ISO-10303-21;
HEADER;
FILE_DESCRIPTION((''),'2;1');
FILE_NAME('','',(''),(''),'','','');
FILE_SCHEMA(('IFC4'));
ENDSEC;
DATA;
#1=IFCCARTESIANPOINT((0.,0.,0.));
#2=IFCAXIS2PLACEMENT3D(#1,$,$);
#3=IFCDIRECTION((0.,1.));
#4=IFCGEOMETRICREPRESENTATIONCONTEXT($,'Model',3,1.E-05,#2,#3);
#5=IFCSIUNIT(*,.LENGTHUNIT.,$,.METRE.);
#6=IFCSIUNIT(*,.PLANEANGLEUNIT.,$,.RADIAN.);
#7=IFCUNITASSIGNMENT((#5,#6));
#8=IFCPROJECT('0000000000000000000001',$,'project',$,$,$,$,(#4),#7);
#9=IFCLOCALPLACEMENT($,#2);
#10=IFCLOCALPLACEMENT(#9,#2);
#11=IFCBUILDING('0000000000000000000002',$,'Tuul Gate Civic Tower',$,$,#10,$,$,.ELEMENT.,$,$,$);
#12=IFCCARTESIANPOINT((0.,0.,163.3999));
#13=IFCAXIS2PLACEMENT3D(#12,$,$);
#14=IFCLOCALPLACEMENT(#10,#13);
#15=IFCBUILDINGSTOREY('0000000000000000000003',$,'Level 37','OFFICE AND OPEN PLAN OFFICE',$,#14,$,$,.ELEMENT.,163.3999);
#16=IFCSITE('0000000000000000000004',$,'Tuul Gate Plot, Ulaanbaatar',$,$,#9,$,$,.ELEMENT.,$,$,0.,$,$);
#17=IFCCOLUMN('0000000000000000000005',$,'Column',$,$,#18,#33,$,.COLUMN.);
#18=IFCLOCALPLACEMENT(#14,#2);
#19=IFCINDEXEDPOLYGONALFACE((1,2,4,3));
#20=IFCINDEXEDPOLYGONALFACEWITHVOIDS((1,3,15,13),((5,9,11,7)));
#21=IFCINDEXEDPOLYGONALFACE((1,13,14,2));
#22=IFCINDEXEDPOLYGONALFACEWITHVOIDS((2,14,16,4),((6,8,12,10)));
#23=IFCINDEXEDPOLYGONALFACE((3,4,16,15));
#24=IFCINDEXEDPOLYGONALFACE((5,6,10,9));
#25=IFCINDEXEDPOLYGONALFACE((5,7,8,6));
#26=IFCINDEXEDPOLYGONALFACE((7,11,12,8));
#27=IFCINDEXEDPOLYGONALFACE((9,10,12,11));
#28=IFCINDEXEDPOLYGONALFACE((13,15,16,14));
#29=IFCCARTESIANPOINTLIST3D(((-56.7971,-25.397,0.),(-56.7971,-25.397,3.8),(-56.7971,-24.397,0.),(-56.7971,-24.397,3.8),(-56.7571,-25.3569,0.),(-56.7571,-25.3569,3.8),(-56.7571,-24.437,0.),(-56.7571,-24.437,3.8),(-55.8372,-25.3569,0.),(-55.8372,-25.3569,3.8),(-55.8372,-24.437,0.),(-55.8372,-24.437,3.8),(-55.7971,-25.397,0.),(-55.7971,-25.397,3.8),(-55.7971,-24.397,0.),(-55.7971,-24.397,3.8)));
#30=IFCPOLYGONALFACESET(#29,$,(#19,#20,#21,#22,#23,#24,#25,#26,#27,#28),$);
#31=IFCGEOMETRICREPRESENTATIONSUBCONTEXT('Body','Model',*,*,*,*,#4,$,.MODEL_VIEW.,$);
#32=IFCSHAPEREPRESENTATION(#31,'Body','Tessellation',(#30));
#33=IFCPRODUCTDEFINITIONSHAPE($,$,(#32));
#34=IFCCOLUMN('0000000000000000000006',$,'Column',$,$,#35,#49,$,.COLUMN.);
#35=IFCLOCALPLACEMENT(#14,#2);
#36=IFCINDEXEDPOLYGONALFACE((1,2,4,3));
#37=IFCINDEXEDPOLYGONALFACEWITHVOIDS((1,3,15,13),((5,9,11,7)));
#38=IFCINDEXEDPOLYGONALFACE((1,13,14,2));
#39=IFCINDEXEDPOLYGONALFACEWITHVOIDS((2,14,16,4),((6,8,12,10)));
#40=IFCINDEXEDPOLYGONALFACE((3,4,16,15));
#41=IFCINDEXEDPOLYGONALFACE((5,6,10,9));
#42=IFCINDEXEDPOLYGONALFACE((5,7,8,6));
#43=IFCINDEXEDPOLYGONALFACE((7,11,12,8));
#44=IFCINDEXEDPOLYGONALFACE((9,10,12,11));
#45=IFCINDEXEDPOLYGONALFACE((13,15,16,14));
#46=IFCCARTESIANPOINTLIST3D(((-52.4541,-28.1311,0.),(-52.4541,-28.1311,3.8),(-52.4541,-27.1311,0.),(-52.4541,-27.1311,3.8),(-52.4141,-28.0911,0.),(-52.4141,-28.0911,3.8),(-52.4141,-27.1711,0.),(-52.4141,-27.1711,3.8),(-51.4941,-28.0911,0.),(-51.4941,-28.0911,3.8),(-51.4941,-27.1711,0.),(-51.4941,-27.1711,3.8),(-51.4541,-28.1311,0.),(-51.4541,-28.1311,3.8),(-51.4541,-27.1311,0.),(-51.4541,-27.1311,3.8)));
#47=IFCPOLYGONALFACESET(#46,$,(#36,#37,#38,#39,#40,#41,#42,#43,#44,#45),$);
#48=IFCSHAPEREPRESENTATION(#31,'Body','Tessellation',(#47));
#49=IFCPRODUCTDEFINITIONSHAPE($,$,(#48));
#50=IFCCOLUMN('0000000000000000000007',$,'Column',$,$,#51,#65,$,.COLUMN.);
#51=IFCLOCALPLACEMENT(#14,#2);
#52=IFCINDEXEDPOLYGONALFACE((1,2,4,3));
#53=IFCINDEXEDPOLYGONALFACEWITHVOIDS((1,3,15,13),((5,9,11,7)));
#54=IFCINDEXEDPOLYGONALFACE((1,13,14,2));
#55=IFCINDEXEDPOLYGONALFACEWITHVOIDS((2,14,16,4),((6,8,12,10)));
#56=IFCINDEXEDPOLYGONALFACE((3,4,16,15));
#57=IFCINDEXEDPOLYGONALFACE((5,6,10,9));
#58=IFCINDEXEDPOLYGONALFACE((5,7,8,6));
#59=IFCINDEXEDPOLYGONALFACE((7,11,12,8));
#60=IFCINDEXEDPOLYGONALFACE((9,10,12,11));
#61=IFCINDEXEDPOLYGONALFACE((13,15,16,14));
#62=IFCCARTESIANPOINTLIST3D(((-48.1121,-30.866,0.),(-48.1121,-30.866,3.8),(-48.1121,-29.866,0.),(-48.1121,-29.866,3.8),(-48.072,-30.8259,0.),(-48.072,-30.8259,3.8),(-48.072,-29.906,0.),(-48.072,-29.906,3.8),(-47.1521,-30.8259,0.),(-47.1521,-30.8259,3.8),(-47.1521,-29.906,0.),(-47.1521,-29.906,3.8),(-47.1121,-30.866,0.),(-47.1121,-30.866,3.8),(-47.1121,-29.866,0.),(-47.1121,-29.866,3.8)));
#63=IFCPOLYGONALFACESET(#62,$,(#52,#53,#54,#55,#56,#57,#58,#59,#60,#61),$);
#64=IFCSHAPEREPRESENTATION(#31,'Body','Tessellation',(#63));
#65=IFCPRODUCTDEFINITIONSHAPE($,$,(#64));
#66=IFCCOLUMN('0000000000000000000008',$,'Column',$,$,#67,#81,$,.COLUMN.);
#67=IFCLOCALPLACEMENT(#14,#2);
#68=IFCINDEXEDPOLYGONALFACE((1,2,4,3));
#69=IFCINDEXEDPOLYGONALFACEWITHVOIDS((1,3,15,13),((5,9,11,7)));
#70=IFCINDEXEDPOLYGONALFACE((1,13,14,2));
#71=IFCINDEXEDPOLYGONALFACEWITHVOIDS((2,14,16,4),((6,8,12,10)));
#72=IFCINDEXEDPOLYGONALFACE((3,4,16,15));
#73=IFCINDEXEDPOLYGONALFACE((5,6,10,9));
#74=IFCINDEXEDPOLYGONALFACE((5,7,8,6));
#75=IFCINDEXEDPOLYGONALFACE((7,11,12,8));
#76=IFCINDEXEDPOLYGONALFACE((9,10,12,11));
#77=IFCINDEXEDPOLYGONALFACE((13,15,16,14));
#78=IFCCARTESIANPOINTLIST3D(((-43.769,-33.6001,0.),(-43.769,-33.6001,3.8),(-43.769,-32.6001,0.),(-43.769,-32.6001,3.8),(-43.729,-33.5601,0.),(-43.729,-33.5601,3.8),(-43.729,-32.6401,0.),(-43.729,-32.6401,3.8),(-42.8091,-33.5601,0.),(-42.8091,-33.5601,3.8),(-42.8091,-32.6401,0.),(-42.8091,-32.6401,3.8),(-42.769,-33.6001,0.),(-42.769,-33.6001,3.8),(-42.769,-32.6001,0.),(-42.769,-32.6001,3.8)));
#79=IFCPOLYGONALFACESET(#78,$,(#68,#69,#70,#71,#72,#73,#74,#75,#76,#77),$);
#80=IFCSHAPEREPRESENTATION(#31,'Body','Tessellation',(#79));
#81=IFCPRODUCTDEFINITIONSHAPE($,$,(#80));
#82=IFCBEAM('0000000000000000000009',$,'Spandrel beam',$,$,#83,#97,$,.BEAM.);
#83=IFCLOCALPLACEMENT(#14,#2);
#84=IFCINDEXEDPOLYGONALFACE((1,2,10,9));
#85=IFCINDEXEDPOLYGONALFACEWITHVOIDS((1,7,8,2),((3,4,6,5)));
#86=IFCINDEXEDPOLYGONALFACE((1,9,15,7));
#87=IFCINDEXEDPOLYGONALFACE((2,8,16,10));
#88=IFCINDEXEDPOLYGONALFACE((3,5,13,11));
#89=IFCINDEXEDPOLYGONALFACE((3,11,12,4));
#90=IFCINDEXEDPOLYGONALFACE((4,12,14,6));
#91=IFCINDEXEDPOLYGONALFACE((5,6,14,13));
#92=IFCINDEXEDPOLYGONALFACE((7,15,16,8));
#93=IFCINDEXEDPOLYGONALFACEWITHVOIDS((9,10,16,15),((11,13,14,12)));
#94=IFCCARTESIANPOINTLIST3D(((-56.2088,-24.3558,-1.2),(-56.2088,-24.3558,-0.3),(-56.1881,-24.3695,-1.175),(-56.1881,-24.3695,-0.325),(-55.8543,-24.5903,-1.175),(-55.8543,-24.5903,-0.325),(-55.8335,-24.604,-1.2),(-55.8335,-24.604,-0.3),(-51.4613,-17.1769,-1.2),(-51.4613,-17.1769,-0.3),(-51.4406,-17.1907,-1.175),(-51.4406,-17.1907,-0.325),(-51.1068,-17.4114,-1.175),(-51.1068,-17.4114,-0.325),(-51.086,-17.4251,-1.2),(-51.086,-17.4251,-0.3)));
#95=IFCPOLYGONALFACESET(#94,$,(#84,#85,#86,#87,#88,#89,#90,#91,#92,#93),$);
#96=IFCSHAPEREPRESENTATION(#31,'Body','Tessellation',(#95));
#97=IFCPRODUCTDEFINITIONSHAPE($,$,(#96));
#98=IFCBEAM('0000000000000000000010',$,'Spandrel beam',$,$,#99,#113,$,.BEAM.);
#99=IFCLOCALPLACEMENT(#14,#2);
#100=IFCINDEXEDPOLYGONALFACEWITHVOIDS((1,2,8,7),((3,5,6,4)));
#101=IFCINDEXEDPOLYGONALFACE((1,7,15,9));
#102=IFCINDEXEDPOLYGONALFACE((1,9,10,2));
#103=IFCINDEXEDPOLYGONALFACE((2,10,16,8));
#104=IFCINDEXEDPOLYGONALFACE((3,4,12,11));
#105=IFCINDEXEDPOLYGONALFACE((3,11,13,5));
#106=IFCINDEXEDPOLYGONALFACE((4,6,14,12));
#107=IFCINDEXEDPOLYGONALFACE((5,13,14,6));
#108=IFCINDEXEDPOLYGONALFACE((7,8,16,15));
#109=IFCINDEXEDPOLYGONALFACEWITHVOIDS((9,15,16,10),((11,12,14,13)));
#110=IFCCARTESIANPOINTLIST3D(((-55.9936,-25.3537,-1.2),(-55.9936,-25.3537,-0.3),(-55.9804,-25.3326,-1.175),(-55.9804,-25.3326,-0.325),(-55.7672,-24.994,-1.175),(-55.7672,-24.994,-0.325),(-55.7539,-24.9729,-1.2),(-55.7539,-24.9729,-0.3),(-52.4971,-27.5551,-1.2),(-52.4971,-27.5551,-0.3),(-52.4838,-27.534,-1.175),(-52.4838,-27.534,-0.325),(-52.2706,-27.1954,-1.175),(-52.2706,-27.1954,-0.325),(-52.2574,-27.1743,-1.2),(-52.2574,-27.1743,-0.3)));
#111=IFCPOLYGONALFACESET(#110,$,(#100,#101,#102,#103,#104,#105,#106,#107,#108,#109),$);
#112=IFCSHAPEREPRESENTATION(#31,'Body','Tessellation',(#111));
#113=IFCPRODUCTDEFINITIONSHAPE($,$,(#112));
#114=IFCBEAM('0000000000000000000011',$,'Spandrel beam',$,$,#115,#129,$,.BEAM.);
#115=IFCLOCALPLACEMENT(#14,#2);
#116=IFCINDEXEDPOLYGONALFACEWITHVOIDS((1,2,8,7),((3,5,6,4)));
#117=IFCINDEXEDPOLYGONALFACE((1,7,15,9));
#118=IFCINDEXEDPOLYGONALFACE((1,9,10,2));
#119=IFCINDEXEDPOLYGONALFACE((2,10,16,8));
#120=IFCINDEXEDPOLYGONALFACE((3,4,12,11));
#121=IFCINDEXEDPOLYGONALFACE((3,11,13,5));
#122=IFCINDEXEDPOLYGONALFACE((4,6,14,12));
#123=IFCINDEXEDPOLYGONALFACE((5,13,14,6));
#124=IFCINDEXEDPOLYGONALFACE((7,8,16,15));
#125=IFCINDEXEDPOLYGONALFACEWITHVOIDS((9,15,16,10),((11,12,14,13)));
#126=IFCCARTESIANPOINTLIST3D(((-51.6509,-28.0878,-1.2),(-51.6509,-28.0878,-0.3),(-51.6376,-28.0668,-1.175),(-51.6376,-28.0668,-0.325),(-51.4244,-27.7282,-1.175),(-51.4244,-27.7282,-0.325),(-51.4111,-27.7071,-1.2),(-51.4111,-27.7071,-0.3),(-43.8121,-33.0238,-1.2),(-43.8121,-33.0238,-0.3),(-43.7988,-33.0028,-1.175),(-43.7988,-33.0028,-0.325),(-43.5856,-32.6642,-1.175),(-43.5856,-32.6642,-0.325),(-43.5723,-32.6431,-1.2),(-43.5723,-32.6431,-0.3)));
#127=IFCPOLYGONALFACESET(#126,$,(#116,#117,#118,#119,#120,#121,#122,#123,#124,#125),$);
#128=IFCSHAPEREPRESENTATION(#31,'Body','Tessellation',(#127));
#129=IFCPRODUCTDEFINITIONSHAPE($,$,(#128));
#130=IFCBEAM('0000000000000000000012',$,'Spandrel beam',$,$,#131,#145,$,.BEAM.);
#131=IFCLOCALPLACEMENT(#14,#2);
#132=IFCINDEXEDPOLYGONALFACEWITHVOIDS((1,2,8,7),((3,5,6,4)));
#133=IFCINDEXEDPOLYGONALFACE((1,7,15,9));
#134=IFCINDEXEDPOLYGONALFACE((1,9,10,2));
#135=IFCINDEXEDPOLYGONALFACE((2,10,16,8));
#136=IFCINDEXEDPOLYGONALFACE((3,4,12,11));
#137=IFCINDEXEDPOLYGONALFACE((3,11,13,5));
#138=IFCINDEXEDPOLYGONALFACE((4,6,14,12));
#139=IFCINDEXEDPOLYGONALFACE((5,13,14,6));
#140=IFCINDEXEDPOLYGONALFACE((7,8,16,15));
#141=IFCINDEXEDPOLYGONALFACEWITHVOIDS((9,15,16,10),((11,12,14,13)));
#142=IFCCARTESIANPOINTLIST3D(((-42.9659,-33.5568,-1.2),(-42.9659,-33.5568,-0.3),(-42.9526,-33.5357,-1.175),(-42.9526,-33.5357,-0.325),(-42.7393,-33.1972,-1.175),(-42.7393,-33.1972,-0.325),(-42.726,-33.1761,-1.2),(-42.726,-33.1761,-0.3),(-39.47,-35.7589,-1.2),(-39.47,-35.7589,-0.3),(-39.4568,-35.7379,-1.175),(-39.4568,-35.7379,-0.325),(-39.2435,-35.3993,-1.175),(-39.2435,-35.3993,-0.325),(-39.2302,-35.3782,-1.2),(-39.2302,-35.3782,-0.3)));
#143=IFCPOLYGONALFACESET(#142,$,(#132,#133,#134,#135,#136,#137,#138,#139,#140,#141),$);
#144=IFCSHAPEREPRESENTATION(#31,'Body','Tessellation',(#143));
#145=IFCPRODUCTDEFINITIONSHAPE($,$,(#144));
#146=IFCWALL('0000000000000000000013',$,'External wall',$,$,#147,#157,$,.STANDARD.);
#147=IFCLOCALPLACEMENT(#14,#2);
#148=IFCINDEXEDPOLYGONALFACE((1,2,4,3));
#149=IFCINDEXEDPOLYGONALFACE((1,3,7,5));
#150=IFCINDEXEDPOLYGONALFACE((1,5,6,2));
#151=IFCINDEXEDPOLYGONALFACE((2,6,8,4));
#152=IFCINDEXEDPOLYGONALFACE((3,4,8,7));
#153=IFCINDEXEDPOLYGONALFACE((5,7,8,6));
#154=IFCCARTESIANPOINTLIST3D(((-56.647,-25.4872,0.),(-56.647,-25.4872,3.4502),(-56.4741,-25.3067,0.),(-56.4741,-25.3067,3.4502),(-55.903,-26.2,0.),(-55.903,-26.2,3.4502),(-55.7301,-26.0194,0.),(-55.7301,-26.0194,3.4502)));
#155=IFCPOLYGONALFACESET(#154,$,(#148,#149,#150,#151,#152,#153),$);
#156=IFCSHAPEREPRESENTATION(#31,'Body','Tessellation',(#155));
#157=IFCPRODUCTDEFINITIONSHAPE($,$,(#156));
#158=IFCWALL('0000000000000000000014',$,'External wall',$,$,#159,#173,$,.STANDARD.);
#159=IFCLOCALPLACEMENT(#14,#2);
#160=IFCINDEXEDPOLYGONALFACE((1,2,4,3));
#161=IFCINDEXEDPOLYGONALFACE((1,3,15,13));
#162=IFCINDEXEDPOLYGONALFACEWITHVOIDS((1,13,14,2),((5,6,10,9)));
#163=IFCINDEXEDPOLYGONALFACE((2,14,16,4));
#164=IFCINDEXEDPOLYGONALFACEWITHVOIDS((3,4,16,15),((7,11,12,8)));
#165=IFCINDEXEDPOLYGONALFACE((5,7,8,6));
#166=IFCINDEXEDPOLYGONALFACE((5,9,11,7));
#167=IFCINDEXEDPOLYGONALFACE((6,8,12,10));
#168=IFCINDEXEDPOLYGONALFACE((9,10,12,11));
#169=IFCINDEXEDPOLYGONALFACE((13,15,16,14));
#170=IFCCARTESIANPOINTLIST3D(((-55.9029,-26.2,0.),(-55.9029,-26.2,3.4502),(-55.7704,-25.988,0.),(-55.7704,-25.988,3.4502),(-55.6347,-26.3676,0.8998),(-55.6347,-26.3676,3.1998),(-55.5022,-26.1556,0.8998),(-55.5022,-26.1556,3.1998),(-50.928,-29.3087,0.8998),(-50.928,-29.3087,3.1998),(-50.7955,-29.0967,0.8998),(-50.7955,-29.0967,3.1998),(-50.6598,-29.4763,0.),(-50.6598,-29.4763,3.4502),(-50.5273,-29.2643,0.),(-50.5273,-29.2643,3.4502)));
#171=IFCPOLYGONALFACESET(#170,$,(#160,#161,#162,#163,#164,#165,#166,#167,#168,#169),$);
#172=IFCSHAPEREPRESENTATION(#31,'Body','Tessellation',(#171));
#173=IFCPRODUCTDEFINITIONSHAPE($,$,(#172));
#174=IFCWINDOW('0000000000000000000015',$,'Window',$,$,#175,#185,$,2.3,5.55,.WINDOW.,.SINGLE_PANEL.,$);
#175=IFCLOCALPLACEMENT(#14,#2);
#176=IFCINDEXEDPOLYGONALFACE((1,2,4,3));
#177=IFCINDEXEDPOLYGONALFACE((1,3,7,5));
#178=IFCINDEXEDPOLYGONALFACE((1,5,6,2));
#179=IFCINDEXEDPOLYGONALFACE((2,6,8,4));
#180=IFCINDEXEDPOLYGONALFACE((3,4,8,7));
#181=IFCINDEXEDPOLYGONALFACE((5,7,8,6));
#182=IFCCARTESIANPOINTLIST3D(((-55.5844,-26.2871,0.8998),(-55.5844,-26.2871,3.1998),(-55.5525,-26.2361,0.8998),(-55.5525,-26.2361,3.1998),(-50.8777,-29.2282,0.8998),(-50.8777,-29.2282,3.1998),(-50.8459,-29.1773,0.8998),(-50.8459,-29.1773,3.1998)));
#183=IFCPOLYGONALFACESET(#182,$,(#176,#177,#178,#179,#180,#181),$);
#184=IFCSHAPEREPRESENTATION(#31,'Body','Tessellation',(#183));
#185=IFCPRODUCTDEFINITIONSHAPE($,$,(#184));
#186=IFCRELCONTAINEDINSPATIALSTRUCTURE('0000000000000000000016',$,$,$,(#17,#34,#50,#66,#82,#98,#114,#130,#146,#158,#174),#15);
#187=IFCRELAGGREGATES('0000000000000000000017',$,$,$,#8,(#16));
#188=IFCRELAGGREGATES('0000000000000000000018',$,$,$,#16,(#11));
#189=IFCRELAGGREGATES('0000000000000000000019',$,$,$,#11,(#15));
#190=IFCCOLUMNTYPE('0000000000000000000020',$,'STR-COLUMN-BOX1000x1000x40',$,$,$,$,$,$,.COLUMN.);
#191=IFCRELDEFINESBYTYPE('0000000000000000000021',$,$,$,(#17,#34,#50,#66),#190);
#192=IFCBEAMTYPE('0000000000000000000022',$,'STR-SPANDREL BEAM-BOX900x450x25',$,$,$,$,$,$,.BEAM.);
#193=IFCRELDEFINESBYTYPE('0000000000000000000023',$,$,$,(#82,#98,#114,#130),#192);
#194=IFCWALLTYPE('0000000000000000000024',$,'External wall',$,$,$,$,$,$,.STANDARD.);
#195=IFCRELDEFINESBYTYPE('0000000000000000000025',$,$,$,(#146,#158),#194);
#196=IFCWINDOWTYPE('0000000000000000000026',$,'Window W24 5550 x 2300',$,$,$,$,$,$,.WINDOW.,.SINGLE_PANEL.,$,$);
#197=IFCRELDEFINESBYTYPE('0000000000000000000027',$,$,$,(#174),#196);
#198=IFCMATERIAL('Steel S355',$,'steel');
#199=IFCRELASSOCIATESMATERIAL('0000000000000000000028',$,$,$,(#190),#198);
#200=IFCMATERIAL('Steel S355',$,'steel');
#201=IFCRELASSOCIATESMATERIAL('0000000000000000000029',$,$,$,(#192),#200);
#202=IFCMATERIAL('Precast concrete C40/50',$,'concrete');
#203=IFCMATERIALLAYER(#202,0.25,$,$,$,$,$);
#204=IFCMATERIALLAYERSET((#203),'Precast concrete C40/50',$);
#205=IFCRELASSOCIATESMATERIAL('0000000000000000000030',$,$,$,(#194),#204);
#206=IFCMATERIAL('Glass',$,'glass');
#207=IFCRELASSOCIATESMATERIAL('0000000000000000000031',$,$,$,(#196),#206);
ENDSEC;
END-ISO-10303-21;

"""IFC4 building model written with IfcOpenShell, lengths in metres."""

from ifc_helpers import new_model, si_unit, direction, frame, frame_2d, origin, origin_2d, place, context, subcontext, project, spatial, rectangle, hollow_rectangle, extrude, material, layer, layer_set, material_profile, profile_set, type_object, element, fill, save


model = new_model("IFC4")

# Units and contexts
model_context = context("Model", 3, precision=1e-05, world=origin(), true_north=direction((0.0, 1.0)))
body_context = subcontext(model_context, "Body", "Model", "MODEL_VIEW")
ifc_project = project(units=[si_unit("LENGTHUNIT", "METRE"), si_unit("PLANEANGLEUNIT", "RADIAN")], contexts=[model_context])

# Site, building, storey
site_placement = place(None, origin())
site = spatial("IfcSite", under=ifc_project, at=site_placement, Name="Tuul Gate Plot, Ulaanbaatar", CompositionType="ELEMENT", RefElevation=0.0)
building_placement = place(site_placement, origin())
building = spatial("IfcBuilding", under=site, at=building_placement, Name="Tuul Gate Civic Tower", CompositionType="ELEMENT")
storey_placement = place(building_placement, frame((0.0, 0.0, 163.3999)))
storey = spatial("IfcBuildingStorey", under=building, at=storey_placement, Name="Level 37", Description="OFFICE AND OPEN PLAN OFFICE", CompositionType="ELEMENT", Elevation=163.3999)

# Columns
ifc_material_1 = material(Name="Steel S355", Category="steel")
ifc_material_profile_1 = material_profile(ifc_material_1, hollow_rectangle(XDim=1.0, YDim=1.0, WallThickness=0.04, at=origin_2d()), Name="BOX1000x1000x40")
ifc_profile_set_1 = profile_set([ifc_material_profile_1], Name="Steel S355")
column_type = type_object("IfcColumnType", Name="STR-COLUMN-BOX1000x1000x40", PredefinedType="COLUMN", material=ifc_profile_set_1)
for number, where, z_axis, x_axis, name in (
    (1, (-56.2971, -24.897, 0.0), (0.0, 0.0, 1.0), (1.0, 0.0, 0.0), "Column"),
    (2, (-51.9541, -27.6311, 0.0), (0.0, 0.0, 1.0), (1.0, 0.0, 0.0), "Column"),
    (3, (-47.6121, -30.366, 0.0), (0.0, 0.0, 1.0), (1.0, 0.0, 0.0), "Column"),
    (4, (-43.269, -33.1001, 0.0), (0.0, 0.0, 1.0), (1.0, 0.0, 0.0), "Column"),
):
    element("IfcColumn", number, at=place(storey_placement, frame(where, z_axis=z_axis, x_axis=x_axis)), inside=storey, type_object=column_type, Name=name, PredefinedType="COLUMN", context=body_context, shape_type="SweptSolid", body=[
        extrude(hollow_rectangle(XDim=1.0, YDim=1.0, WallThickness=0.04, at=origin_2d()), origin(), (0.0, 0.0, 1.0), 3.8),
    ])

# Beams
ifc_material_2 = material(Name="Steel S355", Category="steel")
ifc_material_profile_2 = material_profile(ifc_material_2, hollow_rectangle(XDim=0.45, YDim=0.8999, WallThickness=0.0249, at=origin_2d()), Name="BOX900x450x25")
ifc_profile_set_2 = profile_set([ifc_material_profile_2], Name="Steel S355")
beam_type = type_object("IfcBeamType", Name="STR-SPANDREL BEAM-BOX900x450x25", PredefinedType="BEAM", material=ifc_profile_set_2)
beam_1_placement = place(storey_placement, frame((-51.2737, -17.301, -0.75), z_axis=(-0.551607, -0.834104, 0.0), x_axis=(0.834104, -0.551607, 0.0)))
element("IfcBeam", 5, at=beam_1_placement, inside=storey, type_object=beam_type, Name="Spandrel beam", PredefinedType="BEAM", context=body_context, shape_type="SweptSolid", body=[
    extrude(hollow_rectangle(XDim=0.45, YDim=0.8999, WallThickness=0.0249, at=origin_2d()), origin(), (0.0, 0.0, 1.0), 8.6067),
])
beam_2_placement = place(storey_placement, frame((-55.8738, -25.1633, -0.75), z_axis=(0.846248, -0.53279, 0.0), x_axis=(0.53279, 0.846248, 0.0)))
element("IfcBeam", 6, at=beam_2_placement, inside=storey, type_object=beam_type, Name="Spandrel beam", PredefinedType="BEAM", context=body_context, shape_type="SweptSolid", body=[
    extrude(hollow_rectangle(XDim=0.45, YDim=0.8999, WallThickness=0.0249, at=origin_2d()), origin(), (0.0, 0.0, 1.0), 4.1318),
])
beam_3_placement = place(storey_placement, frame((-51.531, -27.8975, -0.75), z_axis=(0.846211, -0.532848, 0.0), x_axis=(0.532848, 0.846211, 0.0)))
element("IfcBeam", 7, at=beam_3_placement, inside=storey, type_object=beam_type, Name="Spandrel beam", PredefinedType="BEAM", context=body_context, shape_type="SweptSolid", body=[
    extrude(hollow_rectangle(XDim=0.45, YDim=0.8999, WallThickness=0.0249, at=origin_2d()), origin(), (0.0, 0.0, 1.0), 9.2634),
])
beam_4_placement = place(storey_placement, frame((-42.8459, -33.3665, -0.75), z_axis=(0.846117, -0.532997, 0.0), x_axis=(0.532997, 0.846117, 0.0)))
element("IfcBeam", 8, at=beam_4_placement, inside=storey, type_object=beam_type, Name="Spandrel beam", PredefinedType="BEAM", context=body_context, shape_type="SweptSolid", body=[
    extrude(hollow_rectangle(XDim=0.45, YDim=0.8999, WallThickness=0.0249, at=origin_2d()), origin(), (0.0, 0.0, 1.0), 4.1316),
])

# Wall
ifc_material_3 = material(Name="Precast concrete C40/50", Category="concrete")
ifc_layer = layer(ifc_material_3, 0.25)
ifc_layer_set = layer_set([ifc_layer], Name="Precast concrete C40/50")
wall_type = type_object("IfcWallType", Name="External wall", PredefinedType="STANDARD", material=ifc_layer_set)
wall_1_placement = place(storey_placement, frame((-56.5605, -25.397, 0.0), z_axis=(0.0, 0.0, 1.0), x_axis=(0.722112, -0.691777, 0.0)))
element("IfcWall", 9, at=wall_1_placement, inside=storey, type_object=wall_type, Name="External wall", PredefinedType="STANDARD", context=body_context, shape_type="SweptSolid", body=[
    extrude(rectangle(XDim=1.0303, YDim=0.25, at=frame_2d((0.5151, 0.0))), origin(), (0.0, 0.0, 1.0), 3.4502),
])

# Wall, opening, window
wall_2_placement = place(storey_placement, frame((-55.8367, -26.094, 0.0), z_axis=(0.0, 0.0, 1.0), x_axis=(0.848043, -0.529928, 0.0)))
wall_2 = element("IfcWall", 10, at=wall_2_placement, inside=storey, type_object=wall_type, Name="External wall", PredefinedType="STANDARD", context=body_context, shape_type="SweptSolid", body=[
    extrude(rectangle(XDim=6.1826, YDim=0.25, at=frame_2d((3.0913, 0.0))), origin(), (0.0, 0.0, 1.0), 3.4502),
])
opening_1_placement = place(wall_2_placement, frame((0.3164, 0.0, 0.8999)))
opening_1 = element("IfcOpeningElement", 11, at=opening_1_placement, cuts=wall_2, PredefinedType="OPENING", context=body_context, shape_type="SweptSolid", body=[
    extrude(rectangle(XDim=5.55, YDim=2.3, at=frame_2d((2.7749, 1.1499))), frame((0.0, 0.135, 0.0), z_axis=(0.0, -1.0, 0.0), x_axis=(1.0, 0.0, 0.0)), (0.0, 0.0, 1.0), 0.27),
])
ifc_material_4 = material(Name="Glass", Category="glass")
window_type_1 = type_object("IfcWindowType", Name="Window W24 5550 x 2300", PartitioningType="SINGLE_PANEL", PredefinedType="WINDOW", material=ifc_material_4)
window_1_placement = place(opening_1_placement, origin())
window_1 = element("IfcWindow", 12, at=window_1_placement, inside=storey, type_object=window_type_1, Name="Window", OverallHeight=2.3, OverallWidth=5.55, PartitioningType="SINGLE_PANEL", PredefinedType="WINDOW", context=body_context, shape_type="SweptSolid", body=[
    extrude(rectangle(XDim=5.55, YDim=2.3, at=frame_2d((2.7749, 1.1499))), frame((0.0, 0.03, 0.0), z_axis=(0.0, -1.0, 0.0), x_axis=(1.0, 0.0, 0.0)), (0.0, 0.0, 1.0), 0.0601),
])
fill(opening_1, window_1)

save(model, "model.ifc")
